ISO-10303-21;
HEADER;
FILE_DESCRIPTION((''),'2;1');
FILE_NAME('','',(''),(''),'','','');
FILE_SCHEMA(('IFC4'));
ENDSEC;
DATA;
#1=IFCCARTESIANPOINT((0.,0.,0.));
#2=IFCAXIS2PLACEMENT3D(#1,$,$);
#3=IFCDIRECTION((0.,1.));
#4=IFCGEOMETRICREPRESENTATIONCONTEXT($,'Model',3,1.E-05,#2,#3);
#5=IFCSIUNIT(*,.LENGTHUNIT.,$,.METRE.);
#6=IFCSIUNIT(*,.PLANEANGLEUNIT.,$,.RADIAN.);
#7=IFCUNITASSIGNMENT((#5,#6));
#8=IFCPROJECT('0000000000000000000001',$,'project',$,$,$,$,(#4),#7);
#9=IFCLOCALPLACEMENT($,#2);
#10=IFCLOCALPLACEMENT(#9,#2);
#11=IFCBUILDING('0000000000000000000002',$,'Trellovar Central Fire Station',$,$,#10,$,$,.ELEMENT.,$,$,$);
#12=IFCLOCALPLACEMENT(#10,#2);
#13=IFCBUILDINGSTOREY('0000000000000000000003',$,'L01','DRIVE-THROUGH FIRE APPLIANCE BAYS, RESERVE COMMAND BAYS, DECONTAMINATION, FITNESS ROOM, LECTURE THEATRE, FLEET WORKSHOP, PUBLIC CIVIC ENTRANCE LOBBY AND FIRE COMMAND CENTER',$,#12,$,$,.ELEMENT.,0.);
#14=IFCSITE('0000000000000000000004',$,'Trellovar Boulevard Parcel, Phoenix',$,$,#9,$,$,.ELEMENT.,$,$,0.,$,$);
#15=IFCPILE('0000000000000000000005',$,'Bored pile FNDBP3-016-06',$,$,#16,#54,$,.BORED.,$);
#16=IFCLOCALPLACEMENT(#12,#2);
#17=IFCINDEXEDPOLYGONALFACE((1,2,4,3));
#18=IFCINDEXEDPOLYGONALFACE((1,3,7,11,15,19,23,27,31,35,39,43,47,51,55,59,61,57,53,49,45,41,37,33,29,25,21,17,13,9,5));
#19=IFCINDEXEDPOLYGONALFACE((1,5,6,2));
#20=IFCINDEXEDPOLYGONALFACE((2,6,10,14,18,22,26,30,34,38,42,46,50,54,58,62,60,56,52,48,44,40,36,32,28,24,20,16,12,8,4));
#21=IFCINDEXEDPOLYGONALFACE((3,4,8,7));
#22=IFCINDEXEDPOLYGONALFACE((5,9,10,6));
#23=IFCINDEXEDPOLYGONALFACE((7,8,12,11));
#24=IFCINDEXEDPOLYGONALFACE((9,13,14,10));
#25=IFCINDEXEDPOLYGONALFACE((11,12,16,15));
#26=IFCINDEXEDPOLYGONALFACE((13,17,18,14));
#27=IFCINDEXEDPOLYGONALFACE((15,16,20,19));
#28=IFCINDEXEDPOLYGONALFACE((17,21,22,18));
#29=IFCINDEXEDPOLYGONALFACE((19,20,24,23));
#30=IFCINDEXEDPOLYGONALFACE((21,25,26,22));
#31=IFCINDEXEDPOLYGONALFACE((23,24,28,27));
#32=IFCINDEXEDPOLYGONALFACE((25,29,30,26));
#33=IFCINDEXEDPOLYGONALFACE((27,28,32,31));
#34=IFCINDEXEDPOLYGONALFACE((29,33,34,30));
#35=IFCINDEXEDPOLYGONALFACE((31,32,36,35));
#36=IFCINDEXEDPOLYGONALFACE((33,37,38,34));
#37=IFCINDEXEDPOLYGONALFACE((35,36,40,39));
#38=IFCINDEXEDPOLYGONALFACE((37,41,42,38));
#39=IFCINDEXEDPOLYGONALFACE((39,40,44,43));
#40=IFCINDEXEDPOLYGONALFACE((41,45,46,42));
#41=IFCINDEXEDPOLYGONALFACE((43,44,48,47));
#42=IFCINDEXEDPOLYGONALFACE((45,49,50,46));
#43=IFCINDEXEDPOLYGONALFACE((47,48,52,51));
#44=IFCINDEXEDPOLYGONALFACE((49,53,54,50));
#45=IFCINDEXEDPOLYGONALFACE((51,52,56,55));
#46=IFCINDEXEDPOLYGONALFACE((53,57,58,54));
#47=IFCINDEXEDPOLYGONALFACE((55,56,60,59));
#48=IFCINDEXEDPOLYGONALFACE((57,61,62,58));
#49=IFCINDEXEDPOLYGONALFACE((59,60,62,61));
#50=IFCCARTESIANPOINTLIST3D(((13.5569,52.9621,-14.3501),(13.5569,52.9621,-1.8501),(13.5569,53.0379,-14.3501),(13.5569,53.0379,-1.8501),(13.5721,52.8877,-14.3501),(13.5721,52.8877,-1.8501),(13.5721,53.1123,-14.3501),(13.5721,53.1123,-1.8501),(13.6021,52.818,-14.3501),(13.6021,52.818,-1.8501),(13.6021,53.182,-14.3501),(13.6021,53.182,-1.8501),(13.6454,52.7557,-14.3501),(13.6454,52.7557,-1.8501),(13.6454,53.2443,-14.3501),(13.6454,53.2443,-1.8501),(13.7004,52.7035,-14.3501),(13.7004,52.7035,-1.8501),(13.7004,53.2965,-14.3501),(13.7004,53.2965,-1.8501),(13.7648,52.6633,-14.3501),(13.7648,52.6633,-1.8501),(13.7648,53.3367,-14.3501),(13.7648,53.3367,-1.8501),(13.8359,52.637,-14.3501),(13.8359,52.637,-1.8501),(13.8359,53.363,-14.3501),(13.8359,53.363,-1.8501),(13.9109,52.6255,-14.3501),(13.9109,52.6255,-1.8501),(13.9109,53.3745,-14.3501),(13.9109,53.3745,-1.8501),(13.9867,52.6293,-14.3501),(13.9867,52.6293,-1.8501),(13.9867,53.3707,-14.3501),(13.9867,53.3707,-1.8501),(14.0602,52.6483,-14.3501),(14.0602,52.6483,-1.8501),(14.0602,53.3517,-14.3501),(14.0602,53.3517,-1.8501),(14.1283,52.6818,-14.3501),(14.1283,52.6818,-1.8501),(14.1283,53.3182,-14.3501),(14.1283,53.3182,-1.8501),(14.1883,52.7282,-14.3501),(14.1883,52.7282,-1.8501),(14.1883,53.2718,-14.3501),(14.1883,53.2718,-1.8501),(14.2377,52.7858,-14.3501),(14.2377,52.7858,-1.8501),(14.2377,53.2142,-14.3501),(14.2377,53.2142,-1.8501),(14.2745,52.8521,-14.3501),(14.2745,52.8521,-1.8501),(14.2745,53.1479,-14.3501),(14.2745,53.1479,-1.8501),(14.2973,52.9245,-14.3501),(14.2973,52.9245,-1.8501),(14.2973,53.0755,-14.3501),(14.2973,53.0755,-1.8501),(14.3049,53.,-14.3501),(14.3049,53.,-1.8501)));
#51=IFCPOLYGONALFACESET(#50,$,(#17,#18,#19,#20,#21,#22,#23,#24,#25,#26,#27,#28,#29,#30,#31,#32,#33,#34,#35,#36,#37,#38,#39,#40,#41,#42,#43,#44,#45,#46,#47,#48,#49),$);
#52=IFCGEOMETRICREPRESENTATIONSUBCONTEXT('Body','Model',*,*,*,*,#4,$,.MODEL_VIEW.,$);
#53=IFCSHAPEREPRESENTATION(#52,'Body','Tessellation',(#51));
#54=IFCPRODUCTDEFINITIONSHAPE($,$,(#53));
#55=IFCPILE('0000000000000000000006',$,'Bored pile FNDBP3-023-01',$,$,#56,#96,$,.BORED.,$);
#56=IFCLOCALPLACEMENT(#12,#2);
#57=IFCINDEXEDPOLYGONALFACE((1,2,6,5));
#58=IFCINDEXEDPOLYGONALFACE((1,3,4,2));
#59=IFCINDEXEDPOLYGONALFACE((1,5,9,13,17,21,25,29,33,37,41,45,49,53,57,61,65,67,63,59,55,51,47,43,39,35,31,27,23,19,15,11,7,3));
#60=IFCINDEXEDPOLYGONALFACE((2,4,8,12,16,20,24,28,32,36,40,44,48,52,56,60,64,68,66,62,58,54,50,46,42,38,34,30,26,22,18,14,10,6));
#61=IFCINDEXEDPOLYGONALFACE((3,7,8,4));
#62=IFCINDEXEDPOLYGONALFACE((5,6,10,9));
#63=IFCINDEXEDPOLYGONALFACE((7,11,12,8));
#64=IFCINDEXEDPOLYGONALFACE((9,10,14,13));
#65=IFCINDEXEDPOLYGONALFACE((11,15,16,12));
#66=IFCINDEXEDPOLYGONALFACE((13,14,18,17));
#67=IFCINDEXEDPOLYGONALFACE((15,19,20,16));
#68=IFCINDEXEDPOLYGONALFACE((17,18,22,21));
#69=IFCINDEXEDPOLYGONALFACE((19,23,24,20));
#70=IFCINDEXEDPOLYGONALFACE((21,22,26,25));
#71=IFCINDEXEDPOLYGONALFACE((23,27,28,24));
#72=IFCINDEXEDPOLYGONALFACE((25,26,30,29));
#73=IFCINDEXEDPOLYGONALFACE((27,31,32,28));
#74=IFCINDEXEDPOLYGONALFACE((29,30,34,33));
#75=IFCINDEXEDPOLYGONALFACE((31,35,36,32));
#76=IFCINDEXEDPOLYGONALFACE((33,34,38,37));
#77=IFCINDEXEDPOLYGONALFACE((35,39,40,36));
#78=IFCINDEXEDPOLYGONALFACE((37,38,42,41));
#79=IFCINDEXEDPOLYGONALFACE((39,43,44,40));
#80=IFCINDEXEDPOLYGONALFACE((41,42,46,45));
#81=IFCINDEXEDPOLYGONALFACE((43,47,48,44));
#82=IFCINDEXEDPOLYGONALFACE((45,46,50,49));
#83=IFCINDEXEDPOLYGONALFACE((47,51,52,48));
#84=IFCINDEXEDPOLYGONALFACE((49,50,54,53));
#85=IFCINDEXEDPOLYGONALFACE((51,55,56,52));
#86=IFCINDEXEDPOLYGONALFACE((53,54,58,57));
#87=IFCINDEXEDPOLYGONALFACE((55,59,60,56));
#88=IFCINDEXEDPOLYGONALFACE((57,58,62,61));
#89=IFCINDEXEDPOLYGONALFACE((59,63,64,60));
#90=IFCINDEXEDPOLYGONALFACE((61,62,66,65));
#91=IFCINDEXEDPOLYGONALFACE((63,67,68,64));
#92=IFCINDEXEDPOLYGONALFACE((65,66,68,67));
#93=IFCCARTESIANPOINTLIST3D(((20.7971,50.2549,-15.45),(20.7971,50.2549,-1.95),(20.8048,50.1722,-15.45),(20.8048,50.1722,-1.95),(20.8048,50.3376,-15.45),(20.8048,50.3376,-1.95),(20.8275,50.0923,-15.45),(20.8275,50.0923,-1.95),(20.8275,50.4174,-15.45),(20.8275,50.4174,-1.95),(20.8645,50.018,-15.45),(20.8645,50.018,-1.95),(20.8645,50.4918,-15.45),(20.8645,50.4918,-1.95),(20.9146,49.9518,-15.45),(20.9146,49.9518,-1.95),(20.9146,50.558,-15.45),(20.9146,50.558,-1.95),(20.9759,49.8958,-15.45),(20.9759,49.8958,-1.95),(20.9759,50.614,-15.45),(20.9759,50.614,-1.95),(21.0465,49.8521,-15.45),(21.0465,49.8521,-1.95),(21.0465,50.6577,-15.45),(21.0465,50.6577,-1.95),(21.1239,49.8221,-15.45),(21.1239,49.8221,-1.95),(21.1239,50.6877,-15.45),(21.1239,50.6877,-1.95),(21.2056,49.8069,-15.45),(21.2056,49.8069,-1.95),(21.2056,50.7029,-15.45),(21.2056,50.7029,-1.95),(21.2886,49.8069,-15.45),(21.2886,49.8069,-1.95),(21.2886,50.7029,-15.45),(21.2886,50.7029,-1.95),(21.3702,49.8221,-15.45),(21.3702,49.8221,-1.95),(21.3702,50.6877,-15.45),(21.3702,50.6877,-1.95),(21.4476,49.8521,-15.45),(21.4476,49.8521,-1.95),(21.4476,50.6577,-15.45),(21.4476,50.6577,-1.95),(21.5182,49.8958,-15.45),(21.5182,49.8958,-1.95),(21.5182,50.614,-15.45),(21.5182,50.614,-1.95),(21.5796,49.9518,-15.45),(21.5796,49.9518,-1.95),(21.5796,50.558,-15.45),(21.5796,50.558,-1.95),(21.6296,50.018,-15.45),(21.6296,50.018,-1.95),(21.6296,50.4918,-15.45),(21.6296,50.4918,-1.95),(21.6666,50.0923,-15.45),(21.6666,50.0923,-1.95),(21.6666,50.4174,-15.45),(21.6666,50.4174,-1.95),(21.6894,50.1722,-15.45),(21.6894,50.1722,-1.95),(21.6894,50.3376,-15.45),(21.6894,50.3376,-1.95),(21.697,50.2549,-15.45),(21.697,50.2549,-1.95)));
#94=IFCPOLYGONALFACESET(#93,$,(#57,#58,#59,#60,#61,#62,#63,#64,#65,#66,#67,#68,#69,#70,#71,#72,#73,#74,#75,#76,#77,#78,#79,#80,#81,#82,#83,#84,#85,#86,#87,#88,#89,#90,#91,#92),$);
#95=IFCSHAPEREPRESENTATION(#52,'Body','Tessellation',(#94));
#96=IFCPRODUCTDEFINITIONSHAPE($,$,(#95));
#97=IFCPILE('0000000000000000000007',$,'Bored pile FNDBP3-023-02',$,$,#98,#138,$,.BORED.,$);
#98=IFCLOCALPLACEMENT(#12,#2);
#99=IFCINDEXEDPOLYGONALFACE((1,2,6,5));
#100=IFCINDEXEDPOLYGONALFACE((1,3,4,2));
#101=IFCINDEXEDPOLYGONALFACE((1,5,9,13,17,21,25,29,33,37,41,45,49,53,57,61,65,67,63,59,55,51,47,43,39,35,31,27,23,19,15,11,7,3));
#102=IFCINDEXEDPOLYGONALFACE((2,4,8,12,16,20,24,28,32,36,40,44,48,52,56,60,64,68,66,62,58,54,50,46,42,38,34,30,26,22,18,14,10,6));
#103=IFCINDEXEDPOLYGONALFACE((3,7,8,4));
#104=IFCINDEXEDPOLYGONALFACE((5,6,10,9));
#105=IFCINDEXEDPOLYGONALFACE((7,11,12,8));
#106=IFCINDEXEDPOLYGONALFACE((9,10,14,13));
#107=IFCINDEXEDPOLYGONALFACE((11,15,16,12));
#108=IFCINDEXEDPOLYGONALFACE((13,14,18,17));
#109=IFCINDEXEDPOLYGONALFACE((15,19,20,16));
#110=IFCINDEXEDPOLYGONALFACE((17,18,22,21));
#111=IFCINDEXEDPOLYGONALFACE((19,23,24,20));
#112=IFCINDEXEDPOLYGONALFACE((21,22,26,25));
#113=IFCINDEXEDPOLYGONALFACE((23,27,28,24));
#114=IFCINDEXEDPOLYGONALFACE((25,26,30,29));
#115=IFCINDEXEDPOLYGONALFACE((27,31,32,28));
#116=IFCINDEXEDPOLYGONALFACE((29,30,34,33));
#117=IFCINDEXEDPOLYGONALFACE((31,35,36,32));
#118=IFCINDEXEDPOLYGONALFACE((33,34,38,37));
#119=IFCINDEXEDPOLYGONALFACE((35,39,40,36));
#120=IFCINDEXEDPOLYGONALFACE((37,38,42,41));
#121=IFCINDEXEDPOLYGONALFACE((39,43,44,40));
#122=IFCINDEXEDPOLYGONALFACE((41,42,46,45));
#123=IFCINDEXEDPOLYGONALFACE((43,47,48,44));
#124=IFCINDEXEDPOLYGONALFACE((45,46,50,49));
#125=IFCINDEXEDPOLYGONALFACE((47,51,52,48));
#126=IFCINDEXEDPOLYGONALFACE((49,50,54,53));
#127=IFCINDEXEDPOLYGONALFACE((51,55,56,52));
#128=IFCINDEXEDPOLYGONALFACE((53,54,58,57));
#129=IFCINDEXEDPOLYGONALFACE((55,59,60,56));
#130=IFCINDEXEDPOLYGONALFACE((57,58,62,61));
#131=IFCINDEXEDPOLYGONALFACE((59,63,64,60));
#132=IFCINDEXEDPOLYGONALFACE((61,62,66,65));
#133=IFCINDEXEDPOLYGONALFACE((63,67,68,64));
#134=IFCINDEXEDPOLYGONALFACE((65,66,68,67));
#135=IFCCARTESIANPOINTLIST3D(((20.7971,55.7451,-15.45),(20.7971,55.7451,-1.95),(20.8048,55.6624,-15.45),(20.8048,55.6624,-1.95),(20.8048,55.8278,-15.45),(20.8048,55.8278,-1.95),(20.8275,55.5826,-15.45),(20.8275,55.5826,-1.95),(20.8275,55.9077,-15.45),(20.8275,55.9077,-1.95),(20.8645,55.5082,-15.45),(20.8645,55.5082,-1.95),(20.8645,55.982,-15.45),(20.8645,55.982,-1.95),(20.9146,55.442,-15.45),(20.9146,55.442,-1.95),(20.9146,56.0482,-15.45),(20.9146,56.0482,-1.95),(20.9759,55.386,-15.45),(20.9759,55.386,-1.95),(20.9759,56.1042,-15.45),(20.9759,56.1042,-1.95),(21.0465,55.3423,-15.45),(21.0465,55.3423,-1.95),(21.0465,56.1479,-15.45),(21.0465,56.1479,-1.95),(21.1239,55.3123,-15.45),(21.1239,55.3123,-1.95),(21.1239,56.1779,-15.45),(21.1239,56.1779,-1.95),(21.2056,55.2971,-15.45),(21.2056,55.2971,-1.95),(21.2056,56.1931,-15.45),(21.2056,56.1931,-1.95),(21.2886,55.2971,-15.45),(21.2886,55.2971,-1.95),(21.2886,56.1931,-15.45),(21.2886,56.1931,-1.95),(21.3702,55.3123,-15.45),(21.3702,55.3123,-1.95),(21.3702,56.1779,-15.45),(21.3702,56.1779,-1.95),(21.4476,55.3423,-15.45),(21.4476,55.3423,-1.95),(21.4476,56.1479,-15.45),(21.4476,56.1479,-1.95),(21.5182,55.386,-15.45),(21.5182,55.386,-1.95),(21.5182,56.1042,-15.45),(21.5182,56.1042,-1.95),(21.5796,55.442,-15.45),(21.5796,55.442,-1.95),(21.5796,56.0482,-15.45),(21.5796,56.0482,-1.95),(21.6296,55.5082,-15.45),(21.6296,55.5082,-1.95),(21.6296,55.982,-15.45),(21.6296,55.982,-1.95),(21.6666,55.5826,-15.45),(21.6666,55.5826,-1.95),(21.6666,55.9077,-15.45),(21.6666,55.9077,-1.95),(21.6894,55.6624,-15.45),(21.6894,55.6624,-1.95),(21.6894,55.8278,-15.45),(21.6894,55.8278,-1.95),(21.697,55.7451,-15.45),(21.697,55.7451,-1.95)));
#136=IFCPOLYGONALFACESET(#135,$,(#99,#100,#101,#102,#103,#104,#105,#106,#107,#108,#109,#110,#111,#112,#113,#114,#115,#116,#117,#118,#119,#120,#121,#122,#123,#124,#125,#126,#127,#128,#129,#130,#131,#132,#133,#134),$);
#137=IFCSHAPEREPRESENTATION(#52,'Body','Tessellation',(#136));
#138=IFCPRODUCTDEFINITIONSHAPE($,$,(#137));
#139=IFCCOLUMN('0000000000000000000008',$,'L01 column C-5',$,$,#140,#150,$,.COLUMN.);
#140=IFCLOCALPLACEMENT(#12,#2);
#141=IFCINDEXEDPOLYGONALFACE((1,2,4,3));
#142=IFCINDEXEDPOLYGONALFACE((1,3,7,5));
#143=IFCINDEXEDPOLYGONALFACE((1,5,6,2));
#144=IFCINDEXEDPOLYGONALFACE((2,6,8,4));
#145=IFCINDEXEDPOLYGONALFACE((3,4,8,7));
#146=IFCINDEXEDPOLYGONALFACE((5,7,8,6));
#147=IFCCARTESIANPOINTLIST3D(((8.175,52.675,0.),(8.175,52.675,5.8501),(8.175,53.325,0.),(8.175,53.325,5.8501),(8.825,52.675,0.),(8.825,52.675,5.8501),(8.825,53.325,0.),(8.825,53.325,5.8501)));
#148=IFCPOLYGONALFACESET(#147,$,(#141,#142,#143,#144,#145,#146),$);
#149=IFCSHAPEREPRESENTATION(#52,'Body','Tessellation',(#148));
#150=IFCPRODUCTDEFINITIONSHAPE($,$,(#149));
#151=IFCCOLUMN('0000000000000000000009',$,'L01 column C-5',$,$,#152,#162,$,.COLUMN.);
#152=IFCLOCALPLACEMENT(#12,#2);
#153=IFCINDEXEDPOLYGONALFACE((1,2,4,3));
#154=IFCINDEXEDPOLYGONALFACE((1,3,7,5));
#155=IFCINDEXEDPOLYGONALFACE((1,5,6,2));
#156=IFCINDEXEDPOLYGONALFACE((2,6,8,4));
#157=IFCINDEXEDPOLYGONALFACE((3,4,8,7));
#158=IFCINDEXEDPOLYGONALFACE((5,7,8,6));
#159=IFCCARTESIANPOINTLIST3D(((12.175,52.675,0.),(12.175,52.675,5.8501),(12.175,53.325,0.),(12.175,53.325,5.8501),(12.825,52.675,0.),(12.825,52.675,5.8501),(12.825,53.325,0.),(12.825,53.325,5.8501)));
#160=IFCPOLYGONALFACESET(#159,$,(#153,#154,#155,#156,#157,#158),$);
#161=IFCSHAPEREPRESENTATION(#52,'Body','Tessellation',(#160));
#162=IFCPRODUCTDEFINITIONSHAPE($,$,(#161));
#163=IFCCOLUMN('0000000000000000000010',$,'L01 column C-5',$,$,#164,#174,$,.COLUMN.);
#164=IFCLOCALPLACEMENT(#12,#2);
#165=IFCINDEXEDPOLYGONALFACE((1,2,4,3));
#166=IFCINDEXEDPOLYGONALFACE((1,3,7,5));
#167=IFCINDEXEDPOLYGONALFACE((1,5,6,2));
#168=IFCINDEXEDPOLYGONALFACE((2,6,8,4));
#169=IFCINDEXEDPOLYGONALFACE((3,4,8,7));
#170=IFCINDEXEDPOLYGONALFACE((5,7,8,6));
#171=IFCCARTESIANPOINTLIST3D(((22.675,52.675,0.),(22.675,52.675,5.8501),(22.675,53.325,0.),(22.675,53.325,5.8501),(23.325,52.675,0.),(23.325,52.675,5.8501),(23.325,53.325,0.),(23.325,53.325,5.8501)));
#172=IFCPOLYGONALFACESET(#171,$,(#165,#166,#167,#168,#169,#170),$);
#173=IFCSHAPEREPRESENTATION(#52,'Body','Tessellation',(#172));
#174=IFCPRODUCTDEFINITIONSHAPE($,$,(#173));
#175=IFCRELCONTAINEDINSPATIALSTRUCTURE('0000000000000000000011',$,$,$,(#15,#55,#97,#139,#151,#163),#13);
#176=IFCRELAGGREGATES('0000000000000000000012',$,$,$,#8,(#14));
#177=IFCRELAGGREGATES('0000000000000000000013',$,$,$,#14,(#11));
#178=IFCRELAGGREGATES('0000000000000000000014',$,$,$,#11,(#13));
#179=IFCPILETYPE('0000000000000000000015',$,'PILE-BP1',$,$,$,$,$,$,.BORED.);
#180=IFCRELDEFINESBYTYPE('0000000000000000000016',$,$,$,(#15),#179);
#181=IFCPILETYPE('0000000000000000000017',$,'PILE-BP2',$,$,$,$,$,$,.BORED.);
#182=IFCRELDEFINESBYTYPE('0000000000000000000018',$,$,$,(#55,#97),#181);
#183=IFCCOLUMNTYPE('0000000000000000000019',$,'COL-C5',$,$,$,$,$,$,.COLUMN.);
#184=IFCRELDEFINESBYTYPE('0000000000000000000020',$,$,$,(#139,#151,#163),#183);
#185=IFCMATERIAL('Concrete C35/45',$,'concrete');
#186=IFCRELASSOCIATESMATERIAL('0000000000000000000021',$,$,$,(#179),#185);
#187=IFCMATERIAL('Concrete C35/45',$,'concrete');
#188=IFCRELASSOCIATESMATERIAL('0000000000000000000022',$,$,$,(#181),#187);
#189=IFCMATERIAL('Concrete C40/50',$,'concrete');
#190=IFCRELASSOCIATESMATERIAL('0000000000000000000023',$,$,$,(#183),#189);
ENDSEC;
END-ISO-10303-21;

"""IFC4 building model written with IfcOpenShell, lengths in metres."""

from ifc_helpers import new_model, si_unit, direction, frame, origin, origin_2d, place, context, subcontext, project, spatial, rectangle, circle, extrude, material, material_profile, profile_set, type_object, element, save


model = new_model("IFC4")

# Units and contexts
model_context = context("Model", 3, precision=1e-05, world=origin(), true_north=direction((0.0, 1.0)))
body_context = subcontext(model_context, "Body", "Model", "MODEL_VIEW")
ifc_project = project(units=[si_unit("LENGTHUNIT", "METRE"), si_unit("PLANEANGLEUNIT", "RADIAN")], contexts=[model_context])

# Site, building, storey
site_placement = place(None, origin())
site = spatial("IfcSite", under=ifc_project, at=site_placement, Name="Trellovar Boulevard Parcel, Phoenix", CompositionType="ELEMENT", RefElevation=0.0)
building_placement = place(site_placement, origin())
building = spatial("IfcBuilding", under=site, at=building_placement, Name="Trellovar Central Fire Station", CompositionType="ELEMENT")
storey_placement = place(building_placement, origin())
storey = spatial("IfcBuildingStorey", under=building, at=storey_placement, Name="L01", Description="DRIVE-THROUGH FIRE APPLIANCE BAYS, RESERVE COMMAND BAYS, DECONTAMINATION, FITNESS ROOM, LECTURE THEATRE, FLEET WORKSHOP, PUBLIC CIVIC ENTRANCE LOBBY AND FIRE COMMAND CENTER", CompositionType="ELEMENT", Elevation=0.0)

# Piles
ifc_material_1 = material(Name="Concrete C35/45", Category="concrete")
ifc_material_profile_1 = material_profile(ifc_material_1, circle(Radius=0.375, at=origin_2d()), Name="PILE750")
ifc_profile_set_1 = profile_set([ifc_material_profile_1], Name="Concrete C35/45")
pile_type_1 = type_object("IfcPileType", Name="PILE-BP1", PredefinedType="BORED", material=ifc_profile_set_1)
for number, where, z_axis, x_axis, name in (
    (1, (13.9299, 53.0, -1.8501), (0.0, 0.0, -1.0), (1.0, 0.0, 0.0), "Bored pile FNDBP3-016-06"),
):
    element("IfcPile", number, at=place(storey_placement, frame(where, z_axis=z_axis, x_axis=x_axis)), inside=storey, type_object=pile_type_1, Name=name, PredefinedType="BORED", context=body_context, shape_type="SweptSolid", body=[
        extrude(circle(Radius=0.375, at=origin_2d()), origin(), (0.0, 0.0, 1.0), 12.5),
    ])
ifc_material_2 = material(Name="Concrete C35/45", Category="concrete")
ifc_material_profile_2 = material_profile(ifc_material_2, circle(Radius=0.45, at=origin_2d()), Name="PILE900")
ifc_profile_set_2 = profile_set([ifc_material_profile_2], Name="Concrete C35/45")
pile_type_2 = type_object("IfcPileType", Name="PILE-BP2", PredefinedType="BORED", material=ifc_profile_set_2)
for number, where, z_axis, x_axis, name in (
    (2, (21.2471, 50.2549, -1.95), (0.0, 0.0, -1.0), (1.0, 0.0, 0.0), "Bored pile FNDBP3-023-01"),
    (3, (21.2471, 55.7451, -1.95), (0.0, 0.0, -1.0), (1.0, 0.0, 0.0), "Bored pile FNDBP3-023-02"),
):
    element("IfcPile", number, at=place(storey_placement, frame(where, z_axis=z_axis, x_axis=x_axis)), inside=storey, type_object=pile_type_2, Name=name, PredefinedType="BORED", context=body_context, shape_type="SweptSolid", body=[
        extrude(circle(Radius=0.45, at=origin_2d()), origin(), (0.0, 0.0, 1.0), 13.5),
    ])

# Columns
ifc_material_3 = material(Name="Concrete C40/50", Category="concrete")
ifc_material_profile_3 = material_profile(ifc_material_3, rectangle(XDim=0.6499, YDim=0.6499, at=origin_2d()), Name="RC650X650")
ifc_profile_set_3 = profile_set([ifc_material_profile_3], Name="Concrete C40/50")
column_type = type_object("IfcColumnType", Name="COL-C5", PredefinedType="COLUMN", material=ifc_profile_set_3)
for number, where, z_axis, x_axis, name in (
    (4, (8.5, 53.0, 0.0), (0.0, 0.0, 1.0), (1.0, 0.0, 0.0), "L01 column C-5"),
    (5, (12.5, 53.0, 0.0), (0.0, 0.0, 1.0), (1.0, 0.0, 0.0), "L01 column C-5"),
    (6, (23.0, 53.0, 0.0), (0.0, 0.0, 1.0), (1.0, 0.0, 0.0), "L01 column C-5"),
):
    element("IfcColumn", number, at=place(storey_placement, frame(where, z_axis=z_axis, x_axis=x_axis)), inside=storey, type_object=column_type, Name=name, PredefinedType="COLUMN", context=body_context, shape_type="SweptSolid", body=[
        extrude(rectangle(XDim=0.6499, YDim=0.6499, at=origin_2d()), origin(), (0.0, 0.0, 1.0), 5.8501),
    ])

save(model, "model.ifc")
